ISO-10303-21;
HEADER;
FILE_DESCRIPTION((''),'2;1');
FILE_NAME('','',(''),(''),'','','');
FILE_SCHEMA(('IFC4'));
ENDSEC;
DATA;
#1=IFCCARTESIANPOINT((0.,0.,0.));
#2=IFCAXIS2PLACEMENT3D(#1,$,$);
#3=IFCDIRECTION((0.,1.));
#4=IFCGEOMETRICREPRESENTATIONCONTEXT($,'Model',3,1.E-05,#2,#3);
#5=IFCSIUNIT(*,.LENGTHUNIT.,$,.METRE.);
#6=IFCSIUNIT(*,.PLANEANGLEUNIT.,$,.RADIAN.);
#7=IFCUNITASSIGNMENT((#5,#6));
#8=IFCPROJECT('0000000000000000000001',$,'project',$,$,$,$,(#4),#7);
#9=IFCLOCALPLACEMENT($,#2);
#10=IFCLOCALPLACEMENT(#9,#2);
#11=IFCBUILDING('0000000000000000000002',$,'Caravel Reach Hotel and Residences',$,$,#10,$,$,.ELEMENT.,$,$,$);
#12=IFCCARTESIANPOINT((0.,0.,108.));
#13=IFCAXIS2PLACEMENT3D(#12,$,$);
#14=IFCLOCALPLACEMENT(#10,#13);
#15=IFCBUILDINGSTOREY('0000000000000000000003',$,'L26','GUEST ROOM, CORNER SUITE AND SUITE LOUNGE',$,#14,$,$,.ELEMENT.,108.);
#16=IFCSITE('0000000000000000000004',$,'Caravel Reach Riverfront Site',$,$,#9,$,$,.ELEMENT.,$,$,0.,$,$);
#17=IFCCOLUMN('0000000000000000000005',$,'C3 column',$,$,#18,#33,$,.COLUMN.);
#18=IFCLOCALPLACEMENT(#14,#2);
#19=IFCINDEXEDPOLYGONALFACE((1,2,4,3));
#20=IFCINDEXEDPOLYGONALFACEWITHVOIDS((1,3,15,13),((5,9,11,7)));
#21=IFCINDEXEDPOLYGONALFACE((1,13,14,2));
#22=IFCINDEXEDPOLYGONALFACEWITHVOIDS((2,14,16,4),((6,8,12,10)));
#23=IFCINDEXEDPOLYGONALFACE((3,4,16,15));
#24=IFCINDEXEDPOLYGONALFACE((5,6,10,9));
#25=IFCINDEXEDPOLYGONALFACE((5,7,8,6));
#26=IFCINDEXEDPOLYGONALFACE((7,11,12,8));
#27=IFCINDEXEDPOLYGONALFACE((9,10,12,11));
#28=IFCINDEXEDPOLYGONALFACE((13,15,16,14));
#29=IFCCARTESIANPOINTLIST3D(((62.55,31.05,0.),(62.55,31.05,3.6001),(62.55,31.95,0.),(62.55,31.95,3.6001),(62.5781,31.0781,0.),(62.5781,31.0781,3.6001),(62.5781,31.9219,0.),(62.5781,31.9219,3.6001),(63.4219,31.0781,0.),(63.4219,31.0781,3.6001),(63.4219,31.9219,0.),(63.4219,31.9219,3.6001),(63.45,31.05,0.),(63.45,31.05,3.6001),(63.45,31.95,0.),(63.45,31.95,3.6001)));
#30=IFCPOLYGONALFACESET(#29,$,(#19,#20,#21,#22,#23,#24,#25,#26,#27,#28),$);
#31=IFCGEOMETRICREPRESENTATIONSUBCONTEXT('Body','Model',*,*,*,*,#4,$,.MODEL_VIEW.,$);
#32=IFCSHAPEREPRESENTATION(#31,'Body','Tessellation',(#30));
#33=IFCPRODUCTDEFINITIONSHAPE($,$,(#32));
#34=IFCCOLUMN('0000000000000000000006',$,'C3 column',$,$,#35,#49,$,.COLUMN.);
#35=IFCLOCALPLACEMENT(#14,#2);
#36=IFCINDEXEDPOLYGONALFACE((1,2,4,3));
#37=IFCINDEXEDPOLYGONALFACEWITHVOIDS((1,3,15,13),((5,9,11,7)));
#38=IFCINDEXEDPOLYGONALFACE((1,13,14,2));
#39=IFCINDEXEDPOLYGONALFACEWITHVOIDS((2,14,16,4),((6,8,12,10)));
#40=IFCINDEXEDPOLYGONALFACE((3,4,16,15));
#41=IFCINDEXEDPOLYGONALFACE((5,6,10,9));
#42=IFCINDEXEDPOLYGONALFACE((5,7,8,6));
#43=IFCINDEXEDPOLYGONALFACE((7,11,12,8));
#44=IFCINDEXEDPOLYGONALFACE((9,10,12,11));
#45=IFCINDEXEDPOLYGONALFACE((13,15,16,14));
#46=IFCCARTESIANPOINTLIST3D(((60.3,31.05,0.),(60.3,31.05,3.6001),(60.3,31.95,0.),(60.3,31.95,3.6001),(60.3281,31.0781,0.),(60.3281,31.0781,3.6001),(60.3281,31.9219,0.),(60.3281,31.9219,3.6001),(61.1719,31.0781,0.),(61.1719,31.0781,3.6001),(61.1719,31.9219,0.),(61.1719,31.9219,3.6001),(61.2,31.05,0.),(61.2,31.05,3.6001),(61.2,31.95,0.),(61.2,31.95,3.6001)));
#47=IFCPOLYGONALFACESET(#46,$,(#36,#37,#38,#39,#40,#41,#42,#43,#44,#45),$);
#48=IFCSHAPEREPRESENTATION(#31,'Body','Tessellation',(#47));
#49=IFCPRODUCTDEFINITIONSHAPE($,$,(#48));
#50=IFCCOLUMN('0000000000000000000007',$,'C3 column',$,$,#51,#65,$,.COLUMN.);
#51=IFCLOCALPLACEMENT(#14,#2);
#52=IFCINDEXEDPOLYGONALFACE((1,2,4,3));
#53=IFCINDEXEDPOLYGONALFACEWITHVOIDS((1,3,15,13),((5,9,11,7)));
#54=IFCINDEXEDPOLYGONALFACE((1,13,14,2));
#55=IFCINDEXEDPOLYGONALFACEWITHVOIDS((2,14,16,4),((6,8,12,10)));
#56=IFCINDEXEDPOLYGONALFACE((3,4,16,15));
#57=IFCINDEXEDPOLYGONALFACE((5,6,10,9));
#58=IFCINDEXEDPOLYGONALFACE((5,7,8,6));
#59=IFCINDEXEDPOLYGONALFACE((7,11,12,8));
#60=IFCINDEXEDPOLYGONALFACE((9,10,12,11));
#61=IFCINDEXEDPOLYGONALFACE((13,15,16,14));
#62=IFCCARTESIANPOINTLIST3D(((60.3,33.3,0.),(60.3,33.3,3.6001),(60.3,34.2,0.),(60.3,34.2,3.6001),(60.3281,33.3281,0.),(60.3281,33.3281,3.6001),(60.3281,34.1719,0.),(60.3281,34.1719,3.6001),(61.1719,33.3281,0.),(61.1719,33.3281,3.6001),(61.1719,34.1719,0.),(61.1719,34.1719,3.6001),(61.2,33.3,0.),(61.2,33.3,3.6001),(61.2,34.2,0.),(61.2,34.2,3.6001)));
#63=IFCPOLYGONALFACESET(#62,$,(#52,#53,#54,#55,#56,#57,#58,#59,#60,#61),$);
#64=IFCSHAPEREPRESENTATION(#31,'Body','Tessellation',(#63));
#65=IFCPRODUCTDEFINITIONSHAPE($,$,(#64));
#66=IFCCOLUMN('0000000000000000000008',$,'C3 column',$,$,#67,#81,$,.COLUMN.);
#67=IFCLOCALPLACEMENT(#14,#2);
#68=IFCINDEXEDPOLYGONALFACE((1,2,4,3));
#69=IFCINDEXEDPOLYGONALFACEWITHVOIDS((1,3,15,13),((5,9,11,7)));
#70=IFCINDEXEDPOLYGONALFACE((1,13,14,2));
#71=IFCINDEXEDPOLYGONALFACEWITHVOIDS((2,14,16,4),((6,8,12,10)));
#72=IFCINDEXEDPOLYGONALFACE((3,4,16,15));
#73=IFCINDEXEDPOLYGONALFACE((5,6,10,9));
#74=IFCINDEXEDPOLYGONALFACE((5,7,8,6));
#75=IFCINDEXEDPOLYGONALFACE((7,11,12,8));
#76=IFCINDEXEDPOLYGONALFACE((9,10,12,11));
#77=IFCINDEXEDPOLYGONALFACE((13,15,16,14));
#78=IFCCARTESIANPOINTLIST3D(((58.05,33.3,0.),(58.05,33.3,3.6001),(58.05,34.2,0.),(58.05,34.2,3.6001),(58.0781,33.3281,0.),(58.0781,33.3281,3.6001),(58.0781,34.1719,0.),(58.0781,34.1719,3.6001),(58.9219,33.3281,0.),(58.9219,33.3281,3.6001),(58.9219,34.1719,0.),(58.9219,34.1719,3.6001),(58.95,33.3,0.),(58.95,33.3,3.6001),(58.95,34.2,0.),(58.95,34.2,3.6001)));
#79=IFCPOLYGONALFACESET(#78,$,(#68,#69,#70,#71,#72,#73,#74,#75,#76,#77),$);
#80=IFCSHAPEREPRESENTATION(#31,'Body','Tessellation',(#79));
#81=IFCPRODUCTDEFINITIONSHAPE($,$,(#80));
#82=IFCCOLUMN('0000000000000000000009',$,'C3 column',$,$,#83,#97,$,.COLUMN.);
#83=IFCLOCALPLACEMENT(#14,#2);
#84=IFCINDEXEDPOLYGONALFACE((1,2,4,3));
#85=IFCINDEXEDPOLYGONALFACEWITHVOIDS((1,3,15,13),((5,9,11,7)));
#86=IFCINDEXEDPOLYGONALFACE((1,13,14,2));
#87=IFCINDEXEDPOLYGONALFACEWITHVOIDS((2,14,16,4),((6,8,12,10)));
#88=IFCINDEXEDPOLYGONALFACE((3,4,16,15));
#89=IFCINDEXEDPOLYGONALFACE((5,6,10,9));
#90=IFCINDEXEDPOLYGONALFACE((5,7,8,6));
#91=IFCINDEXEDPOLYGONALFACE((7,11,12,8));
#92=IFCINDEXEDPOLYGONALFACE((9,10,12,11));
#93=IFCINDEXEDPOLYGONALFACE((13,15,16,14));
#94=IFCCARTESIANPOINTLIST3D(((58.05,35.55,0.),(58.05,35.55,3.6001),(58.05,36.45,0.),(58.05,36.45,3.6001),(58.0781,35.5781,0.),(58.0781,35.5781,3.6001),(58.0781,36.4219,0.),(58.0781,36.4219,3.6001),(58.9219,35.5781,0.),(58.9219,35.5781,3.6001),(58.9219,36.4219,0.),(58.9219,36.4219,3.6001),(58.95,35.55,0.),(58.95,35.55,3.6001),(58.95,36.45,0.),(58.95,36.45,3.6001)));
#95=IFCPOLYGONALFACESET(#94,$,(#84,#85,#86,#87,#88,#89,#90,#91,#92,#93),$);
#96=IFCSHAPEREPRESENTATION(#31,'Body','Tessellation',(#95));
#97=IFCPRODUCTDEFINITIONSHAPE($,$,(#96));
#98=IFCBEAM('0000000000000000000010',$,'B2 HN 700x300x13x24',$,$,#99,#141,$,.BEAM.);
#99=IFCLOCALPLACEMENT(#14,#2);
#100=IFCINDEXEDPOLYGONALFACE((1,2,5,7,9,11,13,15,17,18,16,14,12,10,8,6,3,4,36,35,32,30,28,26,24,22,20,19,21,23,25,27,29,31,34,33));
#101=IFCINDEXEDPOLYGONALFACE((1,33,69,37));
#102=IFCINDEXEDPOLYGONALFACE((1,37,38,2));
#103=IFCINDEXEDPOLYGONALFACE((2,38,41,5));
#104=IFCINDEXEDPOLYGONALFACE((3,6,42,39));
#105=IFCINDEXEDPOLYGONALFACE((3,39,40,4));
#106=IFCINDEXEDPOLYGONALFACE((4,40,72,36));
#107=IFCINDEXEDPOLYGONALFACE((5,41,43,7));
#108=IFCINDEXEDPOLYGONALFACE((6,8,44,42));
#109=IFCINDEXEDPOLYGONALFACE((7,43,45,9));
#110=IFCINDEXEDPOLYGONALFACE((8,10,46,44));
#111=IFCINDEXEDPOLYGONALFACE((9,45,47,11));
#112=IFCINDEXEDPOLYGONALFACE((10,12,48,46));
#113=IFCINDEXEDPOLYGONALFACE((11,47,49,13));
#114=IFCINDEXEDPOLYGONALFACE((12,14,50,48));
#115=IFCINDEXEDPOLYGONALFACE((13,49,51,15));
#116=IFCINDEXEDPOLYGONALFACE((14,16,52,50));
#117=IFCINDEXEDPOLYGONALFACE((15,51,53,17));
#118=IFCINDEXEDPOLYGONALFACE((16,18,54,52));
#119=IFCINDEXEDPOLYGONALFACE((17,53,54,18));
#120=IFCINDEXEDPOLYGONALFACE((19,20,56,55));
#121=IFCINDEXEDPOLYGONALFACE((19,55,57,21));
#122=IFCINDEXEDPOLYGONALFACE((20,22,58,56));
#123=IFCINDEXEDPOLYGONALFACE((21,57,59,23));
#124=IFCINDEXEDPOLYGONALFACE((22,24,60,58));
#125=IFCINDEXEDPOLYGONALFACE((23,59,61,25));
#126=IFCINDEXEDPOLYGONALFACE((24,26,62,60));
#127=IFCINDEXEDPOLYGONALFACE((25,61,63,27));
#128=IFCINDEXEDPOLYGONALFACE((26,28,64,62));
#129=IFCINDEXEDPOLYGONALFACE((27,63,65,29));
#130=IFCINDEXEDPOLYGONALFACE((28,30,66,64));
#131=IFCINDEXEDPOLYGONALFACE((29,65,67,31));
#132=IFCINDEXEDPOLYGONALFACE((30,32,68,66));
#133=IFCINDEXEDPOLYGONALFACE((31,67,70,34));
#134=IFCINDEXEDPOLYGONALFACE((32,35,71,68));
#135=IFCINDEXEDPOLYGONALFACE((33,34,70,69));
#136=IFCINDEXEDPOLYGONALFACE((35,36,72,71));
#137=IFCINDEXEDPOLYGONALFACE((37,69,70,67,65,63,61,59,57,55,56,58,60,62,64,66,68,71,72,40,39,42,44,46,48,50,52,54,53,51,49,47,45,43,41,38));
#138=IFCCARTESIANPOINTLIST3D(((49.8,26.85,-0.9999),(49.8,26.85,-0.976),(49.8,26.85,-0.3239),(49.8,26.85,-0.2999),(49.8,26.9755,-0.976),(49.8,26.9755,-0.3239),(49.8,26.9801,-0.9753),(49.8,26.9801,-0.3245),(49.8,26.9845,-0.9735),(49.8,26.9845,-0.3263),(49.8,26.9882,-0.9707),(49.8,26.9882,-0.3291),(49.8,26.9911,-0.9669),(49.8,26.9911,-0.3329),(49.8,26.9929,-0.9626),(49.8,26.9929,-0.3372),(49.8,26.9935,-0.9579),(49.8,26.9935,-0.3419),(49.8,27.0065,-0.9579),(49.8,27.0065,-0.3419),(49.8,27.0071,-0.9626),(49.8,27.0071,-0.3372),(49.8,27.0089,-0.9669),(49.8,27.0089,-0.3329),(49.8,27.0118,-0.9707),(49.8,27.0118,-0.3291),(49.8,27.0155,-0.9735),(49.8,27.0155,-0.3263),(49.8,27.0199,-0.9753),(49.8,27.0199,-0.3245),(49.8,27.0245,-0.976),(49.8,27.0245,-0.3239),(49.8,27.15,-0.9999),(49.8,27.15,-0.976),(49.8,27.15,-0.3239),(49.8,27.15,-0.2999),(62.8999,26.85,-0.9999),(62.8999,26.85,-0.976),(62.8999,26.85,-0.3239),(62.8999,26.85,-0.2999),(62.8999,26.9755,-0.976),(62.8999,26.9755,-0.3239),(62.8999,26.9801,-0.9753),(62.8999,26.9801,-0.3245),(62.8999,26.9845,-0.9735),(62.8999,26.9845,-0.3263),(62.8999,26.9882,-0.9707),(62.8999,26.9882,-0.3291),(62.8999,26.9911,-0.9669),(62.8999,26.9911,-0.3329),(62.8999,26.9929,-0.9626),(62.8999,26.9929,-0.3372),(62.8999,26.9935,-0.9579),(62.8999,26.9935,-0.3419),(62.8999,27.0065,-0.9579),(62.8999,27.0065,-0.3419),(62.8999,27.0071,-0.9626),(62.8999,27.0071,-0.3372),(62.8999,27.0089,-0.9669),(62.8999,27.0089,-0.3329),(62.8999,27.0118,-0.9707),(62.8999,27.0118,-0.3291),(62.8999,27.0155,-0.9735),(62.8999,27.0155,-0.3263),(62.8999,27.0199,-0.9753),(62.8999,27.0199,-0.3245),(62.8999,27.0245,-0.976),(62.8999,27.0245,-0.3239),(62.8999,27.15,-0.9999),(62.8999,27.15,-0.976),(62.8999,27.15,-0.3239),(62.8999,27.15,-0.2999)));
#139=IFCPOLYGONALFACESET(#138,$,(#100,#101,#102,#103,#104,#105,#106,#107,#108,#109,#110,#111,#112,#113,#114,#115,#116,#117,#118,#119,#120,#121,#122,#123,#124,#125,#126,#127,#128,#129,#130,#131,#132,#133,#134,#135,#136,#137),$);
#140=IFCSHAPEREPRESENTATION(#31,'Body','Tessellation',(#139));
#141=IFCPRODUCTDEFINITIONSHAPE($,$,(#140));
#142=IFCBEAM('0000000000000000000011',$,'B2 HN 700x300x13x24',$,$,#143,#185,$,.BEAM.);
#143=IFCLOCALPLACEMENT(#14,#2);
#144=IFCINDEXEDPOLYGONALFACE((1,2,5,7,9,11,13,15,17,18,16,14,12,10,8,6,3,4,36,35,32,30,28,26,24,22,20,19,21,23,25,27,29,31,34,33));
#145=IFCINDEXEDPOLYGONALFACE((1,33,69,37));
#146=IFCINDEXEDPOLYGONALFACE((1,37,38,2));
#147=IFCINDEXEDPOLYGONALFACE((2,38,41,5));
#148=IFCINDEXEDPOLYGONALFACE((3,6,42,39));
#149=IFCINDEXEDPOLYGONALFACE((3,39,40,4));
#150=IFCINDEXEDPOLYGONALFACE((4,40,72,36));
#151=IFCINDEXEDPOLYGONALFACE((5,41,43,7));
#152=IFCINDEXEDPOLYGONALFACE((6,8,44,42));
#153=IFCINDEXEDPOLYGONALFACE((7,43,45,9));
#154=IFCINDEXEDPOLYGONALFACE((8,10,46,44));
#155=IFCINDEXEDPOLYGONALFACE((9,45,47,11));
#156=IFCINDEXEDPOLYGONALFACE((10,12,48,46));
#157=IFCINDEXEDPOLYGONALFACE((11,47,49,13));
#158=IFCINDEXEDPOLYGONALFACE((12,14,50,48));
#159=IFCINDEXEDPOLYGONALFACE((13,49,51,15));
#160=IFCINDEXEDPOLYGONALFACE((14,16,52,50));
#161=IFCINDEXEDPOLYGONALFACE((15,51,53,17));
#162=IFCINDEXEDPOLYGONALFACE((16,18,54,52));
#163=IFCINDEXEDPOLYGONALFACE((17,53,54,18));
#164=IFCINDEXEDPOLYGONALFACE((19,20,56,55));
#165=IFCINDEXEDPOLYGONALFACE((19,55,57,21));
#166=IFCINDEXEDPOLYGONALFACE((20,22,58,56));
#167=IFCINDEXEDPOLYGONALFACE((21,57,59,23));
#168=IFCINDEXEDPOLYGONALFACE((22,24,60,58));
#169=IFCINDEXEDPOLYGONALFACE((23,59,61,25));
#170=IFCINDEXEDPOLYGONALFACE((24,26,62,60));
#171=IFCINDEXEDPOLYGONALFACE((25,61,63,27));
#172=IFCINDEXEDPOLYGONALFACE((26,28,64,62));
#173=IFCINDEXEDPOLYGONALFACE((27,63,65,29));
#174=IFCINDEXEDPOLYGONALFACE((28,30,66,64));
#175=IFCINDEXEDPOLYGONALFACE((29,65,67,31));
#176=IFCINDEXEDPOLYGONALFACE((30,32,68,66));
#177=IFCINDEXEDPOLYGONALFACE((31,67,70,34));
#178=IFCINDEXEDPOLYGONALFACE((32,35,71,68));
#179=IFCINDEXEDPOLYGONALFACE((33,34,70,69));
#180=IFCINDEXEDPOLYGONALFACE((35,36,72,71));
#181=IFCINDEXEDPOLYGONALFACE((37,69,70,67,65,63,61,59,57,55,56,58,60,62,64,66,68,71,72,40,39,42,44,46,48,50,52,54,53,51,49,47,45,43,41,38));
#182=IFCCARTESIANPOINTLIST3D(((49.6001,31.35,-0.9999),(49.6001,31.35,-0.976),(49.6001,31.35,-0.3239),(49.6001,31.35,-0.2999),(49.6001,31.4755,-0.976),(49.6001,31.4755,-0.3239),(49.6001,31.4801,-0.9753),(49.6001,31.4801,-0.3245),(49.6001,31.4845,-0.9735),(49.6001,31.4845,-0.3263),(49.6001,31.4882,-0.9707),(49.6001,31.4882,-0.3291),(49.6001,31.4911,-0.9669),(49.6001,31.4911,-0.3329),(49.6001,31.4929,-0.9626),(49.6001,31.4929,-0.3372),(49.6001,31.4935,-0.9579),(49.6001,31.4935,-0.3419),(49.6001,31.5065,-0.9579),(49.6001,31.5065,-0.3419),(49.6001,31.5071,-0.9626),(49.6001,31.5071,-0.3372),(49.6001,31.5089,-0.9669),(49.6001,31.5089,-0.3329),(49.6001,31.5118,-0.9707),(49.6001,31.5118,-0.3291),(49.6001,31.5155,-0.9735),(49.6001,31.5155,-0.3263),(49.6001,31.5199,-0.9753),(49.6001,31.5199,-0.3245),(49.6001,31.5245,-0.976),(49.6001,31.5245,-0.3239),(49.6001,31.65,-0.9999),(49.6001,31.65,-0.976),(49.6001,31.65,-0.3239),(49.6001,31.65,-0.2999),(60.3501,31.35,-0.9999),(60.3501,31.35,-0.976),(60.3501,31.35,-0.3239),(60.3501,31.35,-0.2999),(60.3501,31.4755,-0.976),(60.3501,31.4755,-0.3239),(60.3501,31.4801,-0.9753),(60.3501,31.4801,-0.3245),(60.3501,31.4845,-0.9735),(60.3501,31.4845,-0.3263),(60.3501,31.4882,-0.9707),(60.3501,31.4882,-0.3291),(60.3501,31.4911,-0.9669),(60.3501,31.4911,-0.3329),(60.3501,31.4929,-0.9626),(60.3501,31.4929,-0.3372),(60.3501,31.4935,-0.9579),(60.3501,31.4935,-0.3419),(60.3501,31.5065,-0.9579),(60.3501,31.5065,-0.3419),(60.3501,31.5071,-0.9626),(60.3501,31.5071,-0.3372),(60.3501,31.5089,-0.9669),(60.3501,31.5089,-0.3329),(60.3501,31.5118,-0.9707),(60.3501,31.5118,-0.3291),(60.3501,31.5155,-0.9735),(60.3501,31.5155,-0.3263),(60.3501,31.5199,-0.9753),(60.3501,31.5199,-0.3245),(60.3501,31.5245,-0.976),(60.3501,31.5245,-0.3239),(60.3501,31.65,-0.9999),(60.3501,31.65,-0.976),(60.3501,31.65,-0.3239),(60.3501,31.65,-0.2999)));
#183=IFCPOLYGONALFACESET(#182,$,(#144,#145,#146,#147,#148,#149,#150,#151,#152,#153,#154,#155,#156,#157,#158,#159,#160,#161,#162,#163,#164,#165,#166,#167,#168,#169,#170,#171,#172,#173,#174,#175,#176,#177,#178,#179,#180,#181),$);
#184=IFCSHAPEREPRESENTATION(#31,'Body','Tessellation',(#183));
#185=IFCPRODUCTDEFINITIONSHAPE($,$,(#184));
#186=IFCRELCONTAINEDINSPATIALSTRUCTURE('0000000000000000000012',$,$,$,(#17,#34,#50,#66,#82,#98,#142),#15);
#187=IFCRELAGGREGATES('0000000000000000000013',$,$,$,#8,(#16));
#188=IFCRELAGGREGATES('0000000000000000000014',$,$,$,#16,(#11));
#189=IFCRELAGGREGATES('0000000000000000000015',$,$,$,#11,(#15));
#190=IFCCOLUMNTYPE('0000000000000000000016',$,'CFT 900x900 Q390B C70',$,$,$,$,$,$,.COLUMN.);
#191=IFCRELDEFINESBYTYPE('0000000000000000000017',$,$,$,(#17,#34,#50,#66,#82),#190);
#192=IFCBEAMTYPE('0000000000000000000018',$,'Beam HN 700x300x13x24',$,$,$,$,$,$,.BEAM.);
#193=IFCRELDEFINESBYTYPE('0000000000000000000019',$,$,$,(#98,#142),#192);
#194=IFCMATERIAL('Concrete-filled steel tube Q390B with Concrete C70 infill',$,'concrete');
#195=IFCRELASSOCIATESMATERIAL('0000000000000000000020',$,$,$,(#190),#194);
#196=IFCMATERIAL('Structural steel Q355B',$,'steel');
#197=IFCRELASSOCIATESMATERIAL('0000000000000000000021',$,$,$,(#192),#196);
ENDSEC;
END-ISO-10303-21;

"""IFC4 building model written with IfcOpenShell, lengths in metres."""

from ifc_helpers import new_model, si_unit, direction, frame, origin, origin_2d, place, context, subcontext, project, spatial, hollow_rectangle, i_section, extrude, material, material_profile, profile_set, type_object, element, save


model = new_model("IFC4")

# Units and contexts
model_context = context("Model", 3, precision=1e-05, world=origin(), true_north=direction((0.0, 1.0)))
body_context = subcontext(model_context, "Body", "Model", "MODEL_VIEW")
ifc_project = project(units=[si_unit("LENGTHUNIT", "METRE"), si_unit("PLANEANGLEUNIT", "RADIAN")], contexts=[model_context])

# Site, building, storey
site_placement = place(None, origin())
site = spatial("IfcSite", under=ifc_project, at=site_placement, Name="Caravel Reach Riverfront Site", CompositionType="ELEMENT", RefElevation=0.0)
building_placement = place(site_placement, origin())
building = spatial("IfcBuilding", under=site, at=building_placement, Name="Caravel Reach Hotel and Residences", CompositionType="ELEMENT")
storey_placement = place(building_placement, frame((0.0, 0.0, 108.0)))
storey = spatial("IfcBuildingStorey", under=building, at=storey_placement, Name="L26", Description="GUEST ROOM, CORNER SUITE AND SUITE LOUNGE", CompositionType="ELEMENT", Elevation=108.0)

# Columns
ifc_material_1 = material(Name="Concrete-filled steel tube Q390B with Concrete C70 infill", Category="concrete")
ifc_material_profile_1 = material_profile(ifc_material_1, hollow_rectangle(XDim=0.8999, YDim=0.8999, WallThickness=0.0281, at=origin_2d()), Name="RHS 900x900x28")
ifc_profile_set_1 = profile_set([ifc_material_profile_1], Name="Concrete-filled steel tube Q390B with Concrete C70 infill")
column_type = type_object("IfcColumnType", Name="CFT 900x900 Q390B C70", PredefinedType="COLUMN", material=ifc_profile_set_1)
for number, where, z_axis, x_axis, name in (
    (1, (63.0, 31.5, 0.0), (0.0, 0.0, 1.0), (1.0, 0.0, 0.0), "C3 column"),
    (2, (60.75, 31.5, 0.0), (0.0, 0.0, 1.0), (1.0, 0.0, 0.0), "C3 column"),
    (3, (60.75, 33.75, 0.0), (0.0, 0.0, 1.0), (1.0, 0.0, 0.0), "C3 column"),
    (4, (58.5, 33.75, 0.0), (0.0, 0.0, 1.0), (1.0, 0.0, 0.0), "C3 column"),
    (5, (58.5, 36.0, 0.0), (0.0, 0.0, 1.0), (1.0, 0.0, 0.0), "C3 column"),
):
    element("IfcColumn", number, at=place(storey_placement, frame(where, z_axis=z_axis, x_axis=x_axis)), inside=storey, type_object=column_type, Name=name, PredefinedType="COLUMN", context=body_context, shape_type="SweptSolid", body=[
        extrude(hollow_rectangle(XDim=0.8999, YDim=0.8999, WallThickness=0.0281, at=origin_2d()), origin(), (0.0, 0.0, 1.0), 3.6001),
    ])

# Beams
ifc_material_2 = material(Name="Structural steel Q355B", Category="steel")
ifc_material_profile_2 = material_profile(ifc_material_2, i_section(OverallWidth=0.3, OverallDepth=0.7, WebThickness=0.0129, FlangeThickness=0.0239, FilletRadius=0.0181, at=origin_2d()), Name="HN 700x300x13x24")
ifc_profile_set_2 = profile_set([ifc_material_profile_2], Name="Structural steel Q355B")
beam_type_1 = type_object("IfcBeamType", Name="Beam HN 700x300x13x24", PredefinedType="BEAM", material=ifc_profile_set_2)
beam_1_placement = place(storey_placement, frame((49.8, 27.0, -0.6499), z_axis=(1.0, 0.0, 0.0), x_axis=(0.0, 1.0, 0.0)))
element("IfcBeam", 6, at=beam_1_placement, inside=storey, type_object=beam_type_1, Name="B2 HN 700x300x13x24", PredefinedType="BEAM", context=body_context, shape_type="SweptSolid", body=[
    extrude(i_section(OverallWidth=0.3, OverallDepth=0.7, WebThickness=0.0129, FlangeThickness=0.0239, FilletRadius=0.0181, at=origin_2d()), origin(), (0.0, 0.0, 1.0), 13.0999),
])
beam_2_placement = place(storey_placement, frame((49.6001, 31.5, -0.6499), z_axis=(1.0, 0.0, 0.0), x_axis=(0.0, 1.0, 0.0)))
element("IfcBeam", 7, at=beam_2_placement, inside=storey, type_object=beam_type_1, Name="B2 HN 700x300x13x24", PredefinedType="BEAM", context=body_context, shape_type="SweptSolid", body=[
    extrude(i_section(OverallWidth=0.3, OverallDepth=0.7, WebThickness=0.0129, FlangeThickness=0.0239, FilletRadius=0.0181, at=origin_2d()), origin(), (0.0, 0.0, 1.0), 10.75),
])

save(model, "model.ifc")
